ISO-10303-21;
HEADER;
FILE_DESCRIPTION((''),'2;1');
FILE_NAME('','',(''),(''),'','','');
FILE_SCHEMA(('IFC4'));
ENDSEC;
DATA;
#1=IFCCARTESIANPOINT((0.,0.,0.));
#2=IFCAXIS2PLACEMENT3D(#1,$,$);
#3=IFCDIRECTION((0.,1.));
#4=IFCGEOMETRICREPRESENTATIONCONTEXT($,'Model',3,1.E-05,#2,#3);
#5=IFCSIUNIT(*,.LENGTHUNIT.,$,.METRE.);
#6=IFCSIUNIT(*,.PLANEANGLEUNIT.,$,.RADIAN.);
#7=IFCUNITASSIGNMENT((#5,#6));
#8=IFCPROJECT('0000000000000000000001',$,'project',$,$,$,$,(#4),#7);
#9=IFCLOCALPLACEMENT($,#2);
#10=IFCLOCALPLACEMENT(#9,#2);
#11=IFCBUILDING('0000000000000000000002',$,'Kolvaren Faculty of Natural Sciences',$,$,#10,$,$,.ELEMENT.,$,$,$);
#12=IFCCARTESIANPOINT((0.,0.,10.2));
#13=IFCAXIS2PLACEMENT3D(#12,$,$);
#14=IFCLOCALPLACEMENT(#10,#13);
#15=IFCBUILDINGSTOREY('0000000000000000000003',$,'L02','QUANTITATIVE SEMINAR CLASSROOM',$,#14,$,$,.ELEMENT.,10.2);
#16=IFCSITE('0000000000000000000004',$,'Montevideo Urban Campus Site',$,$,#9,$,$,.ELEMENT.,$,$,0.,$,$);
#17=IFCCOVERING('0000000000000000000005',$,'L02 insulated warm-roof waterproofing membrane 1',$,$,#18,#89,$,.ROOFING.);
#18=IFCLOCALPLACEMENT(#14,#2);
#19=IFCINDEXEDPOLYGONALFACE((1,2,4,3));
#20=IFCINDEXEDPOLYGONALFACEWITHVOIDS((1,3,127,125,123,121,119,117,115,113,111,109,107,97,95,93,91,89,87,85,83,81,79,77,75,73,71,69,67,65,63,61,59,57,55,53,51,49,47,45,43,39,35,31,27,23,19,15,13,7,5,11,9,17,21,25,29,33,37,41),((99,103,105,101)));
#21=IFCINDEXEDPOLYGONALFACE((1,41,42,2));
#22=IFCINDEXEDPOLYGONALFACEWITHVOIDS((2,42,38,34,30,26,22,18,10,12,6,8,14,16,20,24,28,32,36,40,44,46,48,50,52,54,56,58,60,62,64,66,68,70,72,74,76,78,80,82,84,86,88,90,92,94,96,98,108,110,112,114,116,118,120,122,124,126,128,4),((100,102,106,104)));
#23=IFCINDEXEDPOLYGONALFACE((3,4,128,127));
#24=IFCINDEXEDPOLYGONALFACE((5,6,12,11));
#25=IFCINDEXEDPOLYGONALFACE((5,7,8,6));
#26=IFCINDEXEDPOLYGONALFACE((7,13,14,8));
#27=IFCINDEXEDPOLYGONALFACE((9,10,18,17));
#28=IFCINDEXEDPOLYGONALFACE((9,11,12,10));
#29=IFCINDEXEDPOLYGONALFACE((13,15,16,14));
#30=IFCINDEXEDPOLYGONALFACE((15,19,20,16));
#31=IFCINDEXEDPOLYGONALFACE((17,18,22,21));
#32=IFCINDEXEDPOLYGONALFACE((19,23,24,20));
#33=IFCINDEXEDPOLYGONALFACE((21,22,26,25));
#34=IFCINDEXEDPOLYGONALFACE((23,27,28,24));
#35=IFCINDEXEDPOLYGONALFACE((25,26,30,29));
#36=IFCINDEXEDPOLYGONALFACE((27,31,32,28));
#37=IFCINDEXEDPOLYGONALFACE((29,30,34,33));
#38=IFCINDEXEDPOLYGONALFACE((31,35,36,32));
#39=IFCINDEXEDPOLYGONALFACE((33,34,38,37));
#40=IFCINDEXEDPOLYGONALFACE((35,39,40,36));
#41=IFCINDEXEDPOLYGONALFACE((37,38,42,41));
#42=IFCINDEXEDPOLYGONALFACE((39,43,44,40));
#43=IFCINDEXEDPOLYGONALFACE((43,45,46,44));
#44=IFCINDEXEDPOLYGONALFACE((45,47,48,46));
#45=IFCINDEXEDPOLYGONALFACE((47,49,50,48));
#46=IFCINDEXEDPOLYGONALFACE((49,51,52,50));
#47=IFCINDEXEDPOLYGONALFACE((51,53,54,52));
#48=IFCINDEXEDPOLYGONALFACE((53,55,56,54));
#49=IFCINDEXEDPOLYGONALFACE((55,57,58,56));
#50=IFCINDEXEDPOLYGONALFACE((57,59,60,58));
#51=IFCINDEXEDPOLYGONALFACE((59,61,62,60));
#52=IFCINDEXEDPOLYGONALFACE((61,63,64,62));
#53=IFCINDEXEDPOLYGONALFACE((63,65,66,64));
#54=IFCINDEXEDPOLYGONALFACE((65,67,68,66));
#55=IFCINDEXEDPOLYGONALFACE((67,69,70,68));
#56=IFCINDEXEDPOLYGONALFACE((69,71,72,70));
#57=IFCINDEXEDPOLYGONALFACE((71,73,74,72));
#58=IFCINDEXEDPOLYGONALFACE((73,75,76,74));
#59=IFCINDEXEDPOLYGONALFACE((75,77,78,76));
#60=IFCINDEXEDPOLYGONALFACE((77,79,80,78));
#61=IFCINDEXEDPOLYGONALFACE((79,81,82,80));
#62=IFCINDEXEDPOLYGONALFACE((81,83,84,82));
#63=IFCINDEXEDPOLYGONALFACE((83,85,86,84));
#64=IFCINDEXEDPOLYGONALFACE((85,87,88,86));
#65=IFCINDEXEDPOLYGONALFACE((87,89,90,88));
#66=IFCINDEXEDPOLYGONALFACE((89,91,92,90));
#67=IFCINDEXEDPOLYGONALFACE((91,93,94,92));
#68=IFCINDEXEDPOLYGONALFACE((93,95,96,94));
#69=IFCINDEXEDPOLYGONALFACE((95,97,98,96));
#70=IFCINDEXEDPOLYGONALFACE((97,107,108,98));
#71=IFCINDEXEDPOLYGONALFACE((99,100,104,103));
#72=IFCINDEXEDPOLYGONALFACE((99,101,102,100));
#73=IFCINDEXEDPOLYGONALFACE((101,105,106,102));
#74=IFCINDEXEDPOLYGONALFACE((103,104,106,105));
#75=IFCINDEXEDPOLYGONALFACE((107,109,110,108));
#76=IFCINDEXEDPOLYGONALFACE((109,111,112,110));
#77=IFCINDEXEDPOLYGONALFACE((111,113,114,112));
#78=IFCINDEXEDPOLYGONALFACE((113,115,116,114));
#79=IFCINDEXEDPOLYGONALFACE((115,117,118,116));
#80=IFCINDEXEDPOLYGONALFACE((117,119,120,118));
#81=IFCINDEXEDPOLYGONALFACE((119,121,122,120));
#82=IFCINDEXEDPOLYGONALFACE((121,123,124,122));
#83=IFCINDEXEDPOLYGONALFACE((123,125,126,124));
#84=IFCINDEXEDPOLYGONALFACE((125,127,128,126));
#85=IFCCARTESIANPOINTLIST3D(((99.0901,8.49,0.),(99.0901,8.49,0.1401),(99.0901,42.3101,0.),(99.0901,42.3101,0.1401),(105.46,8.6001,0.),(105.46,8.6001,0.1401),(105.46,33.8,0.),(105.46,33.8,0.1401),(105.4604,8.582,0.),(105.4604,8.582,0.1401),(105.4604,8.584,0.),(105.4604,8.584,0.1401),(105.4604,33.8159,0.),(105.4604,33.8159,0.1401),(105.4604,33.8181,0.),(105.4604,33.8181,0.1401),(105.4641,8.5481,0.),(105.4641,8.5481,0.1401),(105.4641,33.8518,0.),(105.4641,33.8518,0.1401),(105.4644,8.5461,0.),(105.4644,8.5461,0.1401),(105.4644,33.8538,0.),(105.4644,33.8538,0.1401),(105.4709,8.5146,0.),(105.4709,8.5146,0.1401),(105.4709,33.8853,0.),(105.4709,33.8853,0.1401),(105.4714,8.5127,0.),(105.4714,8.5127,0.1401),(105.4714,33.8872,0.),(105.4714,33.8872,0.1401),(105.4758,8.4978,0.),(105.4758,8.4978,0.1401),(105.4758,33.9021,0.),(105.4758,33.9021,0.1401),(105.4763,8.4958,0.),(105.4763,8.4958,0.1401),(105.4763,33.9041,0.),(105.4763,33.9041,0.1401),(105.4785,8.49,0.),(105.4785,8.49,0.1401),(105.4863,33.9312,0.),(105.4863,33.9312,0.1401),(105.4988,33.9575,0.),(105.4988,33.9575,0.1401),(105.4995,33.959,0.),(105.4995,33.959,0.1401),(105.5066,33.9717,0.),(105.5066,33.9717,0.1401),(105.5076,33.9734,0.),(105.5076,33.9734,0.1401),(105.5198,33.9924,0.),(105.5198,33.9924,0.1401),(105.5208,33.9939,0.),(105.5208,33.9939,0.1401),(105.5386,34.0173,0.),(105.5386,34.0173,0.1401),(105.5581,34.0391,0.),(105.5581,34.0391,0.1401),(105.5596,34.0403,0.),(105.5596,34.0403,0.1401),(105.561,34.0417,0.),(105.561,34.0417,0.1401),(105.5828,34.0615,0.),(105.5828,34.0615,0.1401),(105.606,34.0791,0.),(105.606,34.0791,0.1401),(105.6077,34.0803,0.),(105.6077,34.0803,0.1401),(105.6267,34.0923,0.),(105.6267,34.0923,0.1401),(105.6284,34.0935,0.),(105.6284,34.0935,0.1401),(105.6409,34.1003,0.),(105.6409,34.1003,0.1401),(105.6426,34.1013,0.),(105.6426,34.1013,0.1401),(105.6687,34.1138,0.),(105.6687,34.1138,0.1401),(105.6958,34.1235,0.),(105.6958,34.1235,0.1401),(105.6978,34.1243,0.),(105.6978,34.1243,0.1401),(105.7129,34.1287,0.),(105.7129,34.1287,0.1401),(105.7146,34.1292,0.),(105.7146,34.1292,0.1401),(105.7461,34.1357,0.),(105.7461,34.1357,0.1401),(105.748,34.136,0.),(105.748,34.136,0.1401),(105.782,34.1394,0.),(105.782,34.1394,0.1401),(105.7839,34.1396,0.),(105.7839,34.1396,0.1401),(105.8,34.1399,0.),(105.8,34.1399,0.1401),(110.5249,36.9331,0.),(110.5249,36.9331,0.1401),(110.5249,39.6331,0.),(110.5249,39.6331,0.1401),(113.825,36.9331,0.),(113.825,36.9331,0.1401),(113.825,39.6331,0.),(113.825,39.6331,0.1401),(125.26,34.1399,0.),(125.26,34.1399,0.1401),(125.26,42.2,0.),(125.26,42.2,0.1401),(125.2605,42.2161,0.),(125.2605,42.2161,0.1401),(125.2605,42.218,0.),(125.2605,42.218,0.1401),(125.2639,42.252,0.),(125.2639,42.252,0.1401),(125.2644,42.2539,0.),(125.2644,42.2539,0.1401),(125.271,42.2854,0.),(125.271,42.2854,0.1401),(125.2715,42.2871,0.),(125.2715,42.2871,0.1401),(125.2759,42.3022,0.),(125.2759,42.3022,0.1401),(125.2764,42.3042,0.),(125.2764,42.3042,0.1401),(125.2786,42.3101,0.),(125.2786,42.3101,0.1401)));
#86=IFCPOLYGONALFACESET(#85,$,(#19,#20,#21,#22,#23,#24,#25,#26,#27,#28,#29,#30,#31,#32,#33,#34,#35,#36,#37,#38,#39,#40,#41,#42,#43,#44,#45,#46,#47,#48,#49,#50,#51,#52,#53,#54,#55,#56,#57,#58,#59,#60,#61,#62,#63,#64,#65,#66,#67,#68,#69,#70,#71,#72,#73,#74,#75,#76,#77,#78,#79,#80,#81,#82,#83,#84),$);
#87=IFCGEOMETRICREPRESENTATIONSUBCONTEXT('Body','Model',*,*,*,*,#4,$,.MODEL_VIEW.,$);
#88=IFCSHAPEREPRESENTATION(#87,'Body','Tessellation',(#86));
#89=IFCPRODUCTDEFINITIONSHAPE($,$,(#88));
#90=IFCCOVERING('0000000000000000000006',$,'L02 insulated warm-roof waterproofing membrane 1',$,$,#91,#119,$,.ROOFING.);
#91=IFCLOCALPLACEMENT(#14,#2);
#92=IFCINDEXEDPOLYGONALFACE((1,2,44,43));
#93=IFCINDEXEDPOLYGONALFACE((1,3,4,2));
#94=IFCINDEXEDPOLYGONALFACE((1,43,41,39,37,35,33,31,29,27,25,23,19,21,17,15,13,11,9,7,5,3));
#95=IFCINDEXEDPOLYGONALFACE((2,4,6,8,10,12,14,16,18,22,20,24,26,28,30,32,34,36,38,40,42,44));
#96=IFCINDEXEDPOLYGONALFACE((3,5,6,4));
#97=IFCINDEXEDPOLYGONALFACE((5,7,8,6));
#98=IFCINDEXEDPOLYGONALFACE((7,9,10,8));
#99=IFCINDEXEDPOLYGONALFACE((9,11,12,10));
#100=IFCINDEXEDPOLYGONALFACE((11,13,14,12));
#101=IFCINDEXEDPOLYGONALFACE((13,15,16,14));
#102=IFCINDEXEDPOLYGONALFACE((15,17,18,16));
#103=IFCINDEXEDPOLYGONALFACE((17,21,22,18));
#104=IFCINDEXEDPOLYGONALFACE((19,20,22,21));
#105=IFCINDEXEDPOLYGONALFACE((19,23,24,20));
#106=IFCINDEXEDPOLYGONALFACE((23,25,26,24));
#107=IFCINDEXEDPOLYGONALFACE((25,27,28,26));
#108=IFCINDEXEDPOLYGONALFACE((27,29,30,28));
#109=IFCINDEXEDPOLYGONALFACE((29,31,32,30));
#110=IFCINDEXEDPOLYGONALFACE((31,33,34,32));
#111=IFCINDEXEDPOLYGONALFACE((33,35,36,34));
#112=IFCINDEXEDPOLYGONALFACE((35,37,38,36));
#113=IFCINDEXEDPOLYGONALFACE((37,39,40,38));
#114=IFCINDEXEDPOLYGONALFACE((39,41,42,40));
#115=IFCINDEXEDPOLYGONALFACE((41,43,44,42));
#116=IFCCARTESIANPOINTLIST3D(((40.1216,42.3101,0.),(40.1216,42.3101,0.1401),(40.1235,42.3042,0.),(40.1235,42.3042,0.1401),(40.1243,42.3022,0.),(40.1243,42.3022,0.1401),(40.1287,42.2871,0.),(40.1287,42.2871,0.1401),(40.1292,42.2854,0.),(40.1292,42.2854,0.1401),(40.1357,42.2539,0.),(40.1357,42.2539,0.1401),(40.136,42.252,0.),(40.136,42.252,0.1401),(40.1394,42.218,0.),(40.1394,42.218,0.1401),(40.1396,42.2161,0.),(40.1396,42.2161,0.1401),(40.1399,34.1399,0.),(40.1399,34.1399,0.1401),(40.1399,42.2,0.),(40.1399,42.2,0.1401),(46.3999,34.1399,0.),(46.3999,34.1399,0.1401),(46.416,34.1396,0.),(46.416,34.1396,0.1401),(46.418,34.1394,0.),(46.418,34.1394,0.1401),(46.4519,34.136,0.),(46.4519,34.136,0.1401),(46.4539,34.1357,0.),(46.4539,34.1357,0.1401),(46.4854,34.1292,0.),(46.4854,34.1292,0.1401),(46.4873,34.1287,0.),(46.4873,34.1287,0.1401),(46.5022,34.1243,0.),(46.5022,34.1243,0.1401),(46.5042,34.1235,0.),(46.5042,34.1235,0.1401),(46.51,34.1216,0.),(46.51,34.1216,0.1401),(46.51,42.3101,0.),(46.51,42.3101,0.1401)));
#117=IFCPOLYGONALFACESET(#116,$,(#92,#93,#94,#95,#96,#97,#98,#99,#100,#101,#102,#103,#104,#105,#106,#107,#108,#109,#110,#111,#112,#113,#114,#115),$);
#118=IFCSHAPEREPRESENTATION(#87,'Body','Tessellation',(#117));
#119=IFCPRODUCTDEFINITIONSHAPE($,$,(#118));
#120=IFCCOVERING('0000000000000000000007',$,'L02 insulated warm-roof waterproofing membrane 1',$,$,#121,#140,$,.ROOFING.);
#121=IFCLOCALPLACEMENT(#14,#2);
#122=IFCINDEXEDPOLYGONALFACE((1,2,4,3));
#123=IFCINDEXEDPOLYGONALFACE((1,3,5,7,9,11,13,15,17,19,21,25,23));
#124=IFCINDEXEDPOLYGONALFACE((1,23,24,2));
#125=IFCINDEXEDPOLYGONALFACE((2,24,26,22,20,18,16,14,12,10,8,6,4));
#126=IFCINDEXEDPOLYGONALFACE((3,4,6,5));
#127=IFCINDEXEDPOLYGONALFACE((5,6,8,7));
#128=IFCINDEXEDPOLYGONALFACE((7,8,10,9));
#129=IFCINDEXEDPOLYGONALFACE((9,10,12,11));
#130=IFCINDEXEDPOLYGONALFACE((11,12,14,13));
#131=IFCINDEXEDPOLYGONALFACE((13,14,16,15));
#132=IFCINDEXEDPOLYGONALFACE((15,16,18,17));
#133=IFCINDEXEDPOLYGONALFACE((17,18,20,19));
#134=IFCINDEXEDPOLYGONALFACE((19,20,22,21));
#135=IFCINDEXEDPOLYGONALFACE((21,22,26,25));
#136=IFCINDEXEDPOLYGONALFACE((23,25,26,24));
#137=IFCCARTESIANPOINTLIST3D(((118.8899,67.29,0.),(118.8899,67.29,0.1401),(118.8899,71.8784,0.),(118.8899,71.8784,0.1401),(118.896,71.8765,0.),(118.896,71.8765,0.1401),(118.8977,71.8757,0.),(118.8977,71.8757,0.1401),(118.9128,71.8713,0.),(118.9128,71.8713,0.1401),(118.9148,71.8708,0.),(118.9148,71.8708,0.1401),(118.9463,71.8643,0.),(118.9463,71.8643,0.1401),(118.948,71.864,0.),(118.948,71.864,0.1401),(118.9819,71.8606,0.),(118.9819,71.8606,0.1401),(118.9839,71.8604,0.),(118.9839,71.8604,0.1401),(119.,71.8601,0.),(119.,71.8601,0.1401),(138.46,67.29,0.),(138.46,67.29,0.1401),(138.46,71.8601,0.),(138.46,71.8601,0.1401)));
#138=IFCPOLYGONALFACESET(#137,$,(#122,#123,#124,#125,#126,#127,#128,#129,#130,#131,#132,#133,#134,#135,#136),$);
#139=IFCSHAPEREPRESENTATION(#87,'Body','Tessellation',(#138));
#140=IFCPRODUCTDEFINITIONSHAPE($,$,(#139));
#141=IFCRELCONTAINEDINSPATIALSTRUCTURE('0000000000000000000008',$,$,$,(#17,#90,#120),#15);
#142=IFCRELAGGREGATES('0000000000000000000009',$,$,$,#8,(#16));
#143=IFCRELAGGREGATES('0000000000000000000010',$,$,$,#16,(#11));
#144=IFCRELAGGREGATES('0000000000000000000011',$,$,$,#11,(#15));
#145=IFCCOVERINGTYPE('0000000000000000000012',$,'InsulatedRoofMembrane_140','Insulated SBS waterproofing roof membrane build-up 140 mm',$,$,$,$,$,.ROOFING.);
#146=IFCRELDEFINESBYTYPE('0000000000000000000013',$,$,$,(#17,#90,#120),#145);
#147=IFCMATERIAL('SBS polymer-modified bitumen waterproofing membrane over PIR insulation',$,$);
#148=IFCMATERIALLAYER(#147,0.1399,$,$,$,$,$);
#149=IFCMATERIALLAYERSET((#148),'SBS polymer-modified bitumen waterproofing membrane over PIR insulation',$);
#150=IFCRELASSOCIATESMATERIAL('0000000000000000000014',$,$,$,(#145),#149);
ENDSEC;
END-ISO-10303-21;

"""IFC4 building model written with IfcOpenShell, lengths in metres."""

from ifc_helpers import new_model, si_unit, direction, frame, origin, place, context, subcontext, project, spatial, polyline, outline, extrude, material, layer, layer_set, type_object, element, save


model = new_model("IFC4")

# Units and contexts
model_context = context("Model", 3, precision=1e-05, world=origin(), true_north=direction((0.0, 1.0)))
body_context = subcontext(model_context, "Body", "Model", "MODEL_VIEW")
ifc_project = project(units=[si_unit("LENGTHUNIT", "METRE"), si_unit("PLANEANGLEUNIT", "RADIAN")], contexts=[model_context])

# Site, building, storey
site_placement = place(None, origin())
site = spatial("IfcSite", under=ifc_project, at=site_placement, Name="Montevideo Urban Campus Site", CompositionType="ELEMENT", RefElevation=0.0)
building_placement = place(site_placement, origin())
building = spatial("IfcBuilding", under=site, at=building_placement, Name="Kolvaren Faculty of Natural Sciences", CompositionType="ELEMENT")
storey_placement = place(building_placement, frame((0.0, 0.0, 10.2)))
storey = spatial("IfcBuildingStorey", under=building, at=storey_placement, Name="L02", Description="QUANTITATIVE SEMINAR CLASSROOM", CompositionType="ELEMENT", Elevation=10.2)

# Coverings
ifc_material_1 = material(Name="SBS polymer-modified bitumen waterproofing membrane over PIR insulation")
ifc_layer_1 = layer(ifc_material_1, 0.1399)
ifc_layer_set_1 = layer_set([ifc_layer_1], Name="SBS polymer-modified bitumen waterproofing membrane over PIR insulation")
covering_type_1 = type_object("IfcCoveringType", Name="InsulatedRoofMembrane_140", Description="Insulated SBS waterproofing roof membrane build-up 140 mm", PredefinedType="ROOFING", material=ifc_layer_set_1)
covering_1_placement = place(storey_placement, origin())
element("IfcCovering", 1, at=covering_1_placement, inside=storey, type_object=covering_type_1, Name="L02 insulated warm-roof waterproofing membrane 1", PredefinedType="ROOFING", context=body_context, shape_type="SweptSolid", body=[
    extrude(outline(polyline([(99.0901, 8.49), (99.0901, 42.3101), (125.2786, 42.3101), (125.2764, 42.3042), (125.2759, 42.3022), (125.2715, 42.2871), (125.271, 42.2854), (125.2644, 42.2539), (125.2639, 42.252), (125.2605, 42.218), (125.2605, 42.2161), (125.26, 42.2), (125.26, 34.1399), (105.8, 34.1399), (105.7839, 34.1396), (105.782, 34.1394), (105.748, 34.136), (105.7461, 34.1357), (105.7146, 34.1292), (105.7129, 34.1287), (105.6978, 34.1243), (105.6958, 34.1235), (105.6687, 34.1138), (105.6426, 34.1013), (105.6409, 34.1003), (105.6284, 34.0935), (105.6267, 34.0923), (105.6077, 34.0803), (105.606, 34.0791), (105.5828, 34.0615), (105.561, 34.0417), (105.5596, 34.0403), (105.5581, 34.0391), (105.5386, 34.0173), (105.5208, 33.9939), (105.5198, 33.9924), (105.5076, 33.9734), (105.5066, 33.9717), (105.4995, 33.959), (105.4988, 33.9575), (105.4863, 33.9312), (105.4763, 33.9041), (105.4758, 33.9021), (105.4714, 33.8872), (105.4709, 33.8853), (105.4644, 33.8538), (105.4641, 33.8518), (105.4604, 33.8181), (105.4604, 33.8159), (105.46, 33.8), (105.46, 8.6001), (105.4604, 8.584), (105.4604, 8.582), (105.4641, 8.5481), (105.4644, 8.5461), (105.4709, 8.5146), (105.4714, 8.5127), (105.4758, 8.4978), (105.4763, 8.4958), (105.4785, 8.49), (99.0901, 8.49)]), holes=[polyline([(113.825, 39.6331), (110.5249, 39.6331), (110.5249, 36.9331), (113.825, 36.9331), (113.825, 39.6331)])]), origin(), (0.0, 0.0, 1.0), 0.1401),
])
covering_2_placement = place(storey_placement, origin())
element("IfcCovering", 2, at=covering_2_placement, inside=storey, type_object=covering_type_1, Name="L02 insulated warm-roof waterproofing membrane 1", PredefinedType="ROOFING", context=body_context, shape_type="SweptSolid", body=[
    extrude(outline(polyline([(40.1216, 42.3101), (46.51, 42.3101), (46.51, 34.1216), (46.5042, 34.1235), (46.5022, 34.1243), (46.4873, 34.1287), (46.4854, 34.1292), (46.4539, 34.1357), (46.4519, 34.136), (46.418, 34.1394), (46.416, 34.1396), (46.3999, 34.1399), (40.1399, 34.1399), (40.1399, 42.2), (40.1396, 42.2161), (40.1394, 42.218), (40.136, 42.252), (40.1357, 42.2539), (40.1292, 42.2854), (40.1287, 42.2871), (40.1243, 42.3022), (40.1235, 42.3042), (40.1216, 42.3101)])), origin(), (0.0, 0.0, 1.0), 0.1401),
])
covering_3_placement = place(storey_placement, origin())
element("IfcCovering", 3, at=covering_3_placement, inside=storey, type_object=covering_type_1, Name="L02 insulated warm-roof waterproofing membrane 1", PredefinedType="ROOFING", context=body_context, shape_type="SweptSolid", body=[
    extrude(outline(polyline([(118.8899, 71.8784), (118.896, 71.8765), (118.8977, 71.8757), (118.9128, 71.8713), (118.9148, 71.8708), (118.9463, 71.8643), (118.948, 71.864), (118.9819, 71.8606), (118.9839, 71.8604), (119.0, 71.8601), (138.46, 71.8601), (138.46, 67.29), (118.8899, 67.29), (118.8899, 71.8784)])), origin(), (0.0, 0.0, 1.0), 0.1401),
])

save(model, "model.ifc")
